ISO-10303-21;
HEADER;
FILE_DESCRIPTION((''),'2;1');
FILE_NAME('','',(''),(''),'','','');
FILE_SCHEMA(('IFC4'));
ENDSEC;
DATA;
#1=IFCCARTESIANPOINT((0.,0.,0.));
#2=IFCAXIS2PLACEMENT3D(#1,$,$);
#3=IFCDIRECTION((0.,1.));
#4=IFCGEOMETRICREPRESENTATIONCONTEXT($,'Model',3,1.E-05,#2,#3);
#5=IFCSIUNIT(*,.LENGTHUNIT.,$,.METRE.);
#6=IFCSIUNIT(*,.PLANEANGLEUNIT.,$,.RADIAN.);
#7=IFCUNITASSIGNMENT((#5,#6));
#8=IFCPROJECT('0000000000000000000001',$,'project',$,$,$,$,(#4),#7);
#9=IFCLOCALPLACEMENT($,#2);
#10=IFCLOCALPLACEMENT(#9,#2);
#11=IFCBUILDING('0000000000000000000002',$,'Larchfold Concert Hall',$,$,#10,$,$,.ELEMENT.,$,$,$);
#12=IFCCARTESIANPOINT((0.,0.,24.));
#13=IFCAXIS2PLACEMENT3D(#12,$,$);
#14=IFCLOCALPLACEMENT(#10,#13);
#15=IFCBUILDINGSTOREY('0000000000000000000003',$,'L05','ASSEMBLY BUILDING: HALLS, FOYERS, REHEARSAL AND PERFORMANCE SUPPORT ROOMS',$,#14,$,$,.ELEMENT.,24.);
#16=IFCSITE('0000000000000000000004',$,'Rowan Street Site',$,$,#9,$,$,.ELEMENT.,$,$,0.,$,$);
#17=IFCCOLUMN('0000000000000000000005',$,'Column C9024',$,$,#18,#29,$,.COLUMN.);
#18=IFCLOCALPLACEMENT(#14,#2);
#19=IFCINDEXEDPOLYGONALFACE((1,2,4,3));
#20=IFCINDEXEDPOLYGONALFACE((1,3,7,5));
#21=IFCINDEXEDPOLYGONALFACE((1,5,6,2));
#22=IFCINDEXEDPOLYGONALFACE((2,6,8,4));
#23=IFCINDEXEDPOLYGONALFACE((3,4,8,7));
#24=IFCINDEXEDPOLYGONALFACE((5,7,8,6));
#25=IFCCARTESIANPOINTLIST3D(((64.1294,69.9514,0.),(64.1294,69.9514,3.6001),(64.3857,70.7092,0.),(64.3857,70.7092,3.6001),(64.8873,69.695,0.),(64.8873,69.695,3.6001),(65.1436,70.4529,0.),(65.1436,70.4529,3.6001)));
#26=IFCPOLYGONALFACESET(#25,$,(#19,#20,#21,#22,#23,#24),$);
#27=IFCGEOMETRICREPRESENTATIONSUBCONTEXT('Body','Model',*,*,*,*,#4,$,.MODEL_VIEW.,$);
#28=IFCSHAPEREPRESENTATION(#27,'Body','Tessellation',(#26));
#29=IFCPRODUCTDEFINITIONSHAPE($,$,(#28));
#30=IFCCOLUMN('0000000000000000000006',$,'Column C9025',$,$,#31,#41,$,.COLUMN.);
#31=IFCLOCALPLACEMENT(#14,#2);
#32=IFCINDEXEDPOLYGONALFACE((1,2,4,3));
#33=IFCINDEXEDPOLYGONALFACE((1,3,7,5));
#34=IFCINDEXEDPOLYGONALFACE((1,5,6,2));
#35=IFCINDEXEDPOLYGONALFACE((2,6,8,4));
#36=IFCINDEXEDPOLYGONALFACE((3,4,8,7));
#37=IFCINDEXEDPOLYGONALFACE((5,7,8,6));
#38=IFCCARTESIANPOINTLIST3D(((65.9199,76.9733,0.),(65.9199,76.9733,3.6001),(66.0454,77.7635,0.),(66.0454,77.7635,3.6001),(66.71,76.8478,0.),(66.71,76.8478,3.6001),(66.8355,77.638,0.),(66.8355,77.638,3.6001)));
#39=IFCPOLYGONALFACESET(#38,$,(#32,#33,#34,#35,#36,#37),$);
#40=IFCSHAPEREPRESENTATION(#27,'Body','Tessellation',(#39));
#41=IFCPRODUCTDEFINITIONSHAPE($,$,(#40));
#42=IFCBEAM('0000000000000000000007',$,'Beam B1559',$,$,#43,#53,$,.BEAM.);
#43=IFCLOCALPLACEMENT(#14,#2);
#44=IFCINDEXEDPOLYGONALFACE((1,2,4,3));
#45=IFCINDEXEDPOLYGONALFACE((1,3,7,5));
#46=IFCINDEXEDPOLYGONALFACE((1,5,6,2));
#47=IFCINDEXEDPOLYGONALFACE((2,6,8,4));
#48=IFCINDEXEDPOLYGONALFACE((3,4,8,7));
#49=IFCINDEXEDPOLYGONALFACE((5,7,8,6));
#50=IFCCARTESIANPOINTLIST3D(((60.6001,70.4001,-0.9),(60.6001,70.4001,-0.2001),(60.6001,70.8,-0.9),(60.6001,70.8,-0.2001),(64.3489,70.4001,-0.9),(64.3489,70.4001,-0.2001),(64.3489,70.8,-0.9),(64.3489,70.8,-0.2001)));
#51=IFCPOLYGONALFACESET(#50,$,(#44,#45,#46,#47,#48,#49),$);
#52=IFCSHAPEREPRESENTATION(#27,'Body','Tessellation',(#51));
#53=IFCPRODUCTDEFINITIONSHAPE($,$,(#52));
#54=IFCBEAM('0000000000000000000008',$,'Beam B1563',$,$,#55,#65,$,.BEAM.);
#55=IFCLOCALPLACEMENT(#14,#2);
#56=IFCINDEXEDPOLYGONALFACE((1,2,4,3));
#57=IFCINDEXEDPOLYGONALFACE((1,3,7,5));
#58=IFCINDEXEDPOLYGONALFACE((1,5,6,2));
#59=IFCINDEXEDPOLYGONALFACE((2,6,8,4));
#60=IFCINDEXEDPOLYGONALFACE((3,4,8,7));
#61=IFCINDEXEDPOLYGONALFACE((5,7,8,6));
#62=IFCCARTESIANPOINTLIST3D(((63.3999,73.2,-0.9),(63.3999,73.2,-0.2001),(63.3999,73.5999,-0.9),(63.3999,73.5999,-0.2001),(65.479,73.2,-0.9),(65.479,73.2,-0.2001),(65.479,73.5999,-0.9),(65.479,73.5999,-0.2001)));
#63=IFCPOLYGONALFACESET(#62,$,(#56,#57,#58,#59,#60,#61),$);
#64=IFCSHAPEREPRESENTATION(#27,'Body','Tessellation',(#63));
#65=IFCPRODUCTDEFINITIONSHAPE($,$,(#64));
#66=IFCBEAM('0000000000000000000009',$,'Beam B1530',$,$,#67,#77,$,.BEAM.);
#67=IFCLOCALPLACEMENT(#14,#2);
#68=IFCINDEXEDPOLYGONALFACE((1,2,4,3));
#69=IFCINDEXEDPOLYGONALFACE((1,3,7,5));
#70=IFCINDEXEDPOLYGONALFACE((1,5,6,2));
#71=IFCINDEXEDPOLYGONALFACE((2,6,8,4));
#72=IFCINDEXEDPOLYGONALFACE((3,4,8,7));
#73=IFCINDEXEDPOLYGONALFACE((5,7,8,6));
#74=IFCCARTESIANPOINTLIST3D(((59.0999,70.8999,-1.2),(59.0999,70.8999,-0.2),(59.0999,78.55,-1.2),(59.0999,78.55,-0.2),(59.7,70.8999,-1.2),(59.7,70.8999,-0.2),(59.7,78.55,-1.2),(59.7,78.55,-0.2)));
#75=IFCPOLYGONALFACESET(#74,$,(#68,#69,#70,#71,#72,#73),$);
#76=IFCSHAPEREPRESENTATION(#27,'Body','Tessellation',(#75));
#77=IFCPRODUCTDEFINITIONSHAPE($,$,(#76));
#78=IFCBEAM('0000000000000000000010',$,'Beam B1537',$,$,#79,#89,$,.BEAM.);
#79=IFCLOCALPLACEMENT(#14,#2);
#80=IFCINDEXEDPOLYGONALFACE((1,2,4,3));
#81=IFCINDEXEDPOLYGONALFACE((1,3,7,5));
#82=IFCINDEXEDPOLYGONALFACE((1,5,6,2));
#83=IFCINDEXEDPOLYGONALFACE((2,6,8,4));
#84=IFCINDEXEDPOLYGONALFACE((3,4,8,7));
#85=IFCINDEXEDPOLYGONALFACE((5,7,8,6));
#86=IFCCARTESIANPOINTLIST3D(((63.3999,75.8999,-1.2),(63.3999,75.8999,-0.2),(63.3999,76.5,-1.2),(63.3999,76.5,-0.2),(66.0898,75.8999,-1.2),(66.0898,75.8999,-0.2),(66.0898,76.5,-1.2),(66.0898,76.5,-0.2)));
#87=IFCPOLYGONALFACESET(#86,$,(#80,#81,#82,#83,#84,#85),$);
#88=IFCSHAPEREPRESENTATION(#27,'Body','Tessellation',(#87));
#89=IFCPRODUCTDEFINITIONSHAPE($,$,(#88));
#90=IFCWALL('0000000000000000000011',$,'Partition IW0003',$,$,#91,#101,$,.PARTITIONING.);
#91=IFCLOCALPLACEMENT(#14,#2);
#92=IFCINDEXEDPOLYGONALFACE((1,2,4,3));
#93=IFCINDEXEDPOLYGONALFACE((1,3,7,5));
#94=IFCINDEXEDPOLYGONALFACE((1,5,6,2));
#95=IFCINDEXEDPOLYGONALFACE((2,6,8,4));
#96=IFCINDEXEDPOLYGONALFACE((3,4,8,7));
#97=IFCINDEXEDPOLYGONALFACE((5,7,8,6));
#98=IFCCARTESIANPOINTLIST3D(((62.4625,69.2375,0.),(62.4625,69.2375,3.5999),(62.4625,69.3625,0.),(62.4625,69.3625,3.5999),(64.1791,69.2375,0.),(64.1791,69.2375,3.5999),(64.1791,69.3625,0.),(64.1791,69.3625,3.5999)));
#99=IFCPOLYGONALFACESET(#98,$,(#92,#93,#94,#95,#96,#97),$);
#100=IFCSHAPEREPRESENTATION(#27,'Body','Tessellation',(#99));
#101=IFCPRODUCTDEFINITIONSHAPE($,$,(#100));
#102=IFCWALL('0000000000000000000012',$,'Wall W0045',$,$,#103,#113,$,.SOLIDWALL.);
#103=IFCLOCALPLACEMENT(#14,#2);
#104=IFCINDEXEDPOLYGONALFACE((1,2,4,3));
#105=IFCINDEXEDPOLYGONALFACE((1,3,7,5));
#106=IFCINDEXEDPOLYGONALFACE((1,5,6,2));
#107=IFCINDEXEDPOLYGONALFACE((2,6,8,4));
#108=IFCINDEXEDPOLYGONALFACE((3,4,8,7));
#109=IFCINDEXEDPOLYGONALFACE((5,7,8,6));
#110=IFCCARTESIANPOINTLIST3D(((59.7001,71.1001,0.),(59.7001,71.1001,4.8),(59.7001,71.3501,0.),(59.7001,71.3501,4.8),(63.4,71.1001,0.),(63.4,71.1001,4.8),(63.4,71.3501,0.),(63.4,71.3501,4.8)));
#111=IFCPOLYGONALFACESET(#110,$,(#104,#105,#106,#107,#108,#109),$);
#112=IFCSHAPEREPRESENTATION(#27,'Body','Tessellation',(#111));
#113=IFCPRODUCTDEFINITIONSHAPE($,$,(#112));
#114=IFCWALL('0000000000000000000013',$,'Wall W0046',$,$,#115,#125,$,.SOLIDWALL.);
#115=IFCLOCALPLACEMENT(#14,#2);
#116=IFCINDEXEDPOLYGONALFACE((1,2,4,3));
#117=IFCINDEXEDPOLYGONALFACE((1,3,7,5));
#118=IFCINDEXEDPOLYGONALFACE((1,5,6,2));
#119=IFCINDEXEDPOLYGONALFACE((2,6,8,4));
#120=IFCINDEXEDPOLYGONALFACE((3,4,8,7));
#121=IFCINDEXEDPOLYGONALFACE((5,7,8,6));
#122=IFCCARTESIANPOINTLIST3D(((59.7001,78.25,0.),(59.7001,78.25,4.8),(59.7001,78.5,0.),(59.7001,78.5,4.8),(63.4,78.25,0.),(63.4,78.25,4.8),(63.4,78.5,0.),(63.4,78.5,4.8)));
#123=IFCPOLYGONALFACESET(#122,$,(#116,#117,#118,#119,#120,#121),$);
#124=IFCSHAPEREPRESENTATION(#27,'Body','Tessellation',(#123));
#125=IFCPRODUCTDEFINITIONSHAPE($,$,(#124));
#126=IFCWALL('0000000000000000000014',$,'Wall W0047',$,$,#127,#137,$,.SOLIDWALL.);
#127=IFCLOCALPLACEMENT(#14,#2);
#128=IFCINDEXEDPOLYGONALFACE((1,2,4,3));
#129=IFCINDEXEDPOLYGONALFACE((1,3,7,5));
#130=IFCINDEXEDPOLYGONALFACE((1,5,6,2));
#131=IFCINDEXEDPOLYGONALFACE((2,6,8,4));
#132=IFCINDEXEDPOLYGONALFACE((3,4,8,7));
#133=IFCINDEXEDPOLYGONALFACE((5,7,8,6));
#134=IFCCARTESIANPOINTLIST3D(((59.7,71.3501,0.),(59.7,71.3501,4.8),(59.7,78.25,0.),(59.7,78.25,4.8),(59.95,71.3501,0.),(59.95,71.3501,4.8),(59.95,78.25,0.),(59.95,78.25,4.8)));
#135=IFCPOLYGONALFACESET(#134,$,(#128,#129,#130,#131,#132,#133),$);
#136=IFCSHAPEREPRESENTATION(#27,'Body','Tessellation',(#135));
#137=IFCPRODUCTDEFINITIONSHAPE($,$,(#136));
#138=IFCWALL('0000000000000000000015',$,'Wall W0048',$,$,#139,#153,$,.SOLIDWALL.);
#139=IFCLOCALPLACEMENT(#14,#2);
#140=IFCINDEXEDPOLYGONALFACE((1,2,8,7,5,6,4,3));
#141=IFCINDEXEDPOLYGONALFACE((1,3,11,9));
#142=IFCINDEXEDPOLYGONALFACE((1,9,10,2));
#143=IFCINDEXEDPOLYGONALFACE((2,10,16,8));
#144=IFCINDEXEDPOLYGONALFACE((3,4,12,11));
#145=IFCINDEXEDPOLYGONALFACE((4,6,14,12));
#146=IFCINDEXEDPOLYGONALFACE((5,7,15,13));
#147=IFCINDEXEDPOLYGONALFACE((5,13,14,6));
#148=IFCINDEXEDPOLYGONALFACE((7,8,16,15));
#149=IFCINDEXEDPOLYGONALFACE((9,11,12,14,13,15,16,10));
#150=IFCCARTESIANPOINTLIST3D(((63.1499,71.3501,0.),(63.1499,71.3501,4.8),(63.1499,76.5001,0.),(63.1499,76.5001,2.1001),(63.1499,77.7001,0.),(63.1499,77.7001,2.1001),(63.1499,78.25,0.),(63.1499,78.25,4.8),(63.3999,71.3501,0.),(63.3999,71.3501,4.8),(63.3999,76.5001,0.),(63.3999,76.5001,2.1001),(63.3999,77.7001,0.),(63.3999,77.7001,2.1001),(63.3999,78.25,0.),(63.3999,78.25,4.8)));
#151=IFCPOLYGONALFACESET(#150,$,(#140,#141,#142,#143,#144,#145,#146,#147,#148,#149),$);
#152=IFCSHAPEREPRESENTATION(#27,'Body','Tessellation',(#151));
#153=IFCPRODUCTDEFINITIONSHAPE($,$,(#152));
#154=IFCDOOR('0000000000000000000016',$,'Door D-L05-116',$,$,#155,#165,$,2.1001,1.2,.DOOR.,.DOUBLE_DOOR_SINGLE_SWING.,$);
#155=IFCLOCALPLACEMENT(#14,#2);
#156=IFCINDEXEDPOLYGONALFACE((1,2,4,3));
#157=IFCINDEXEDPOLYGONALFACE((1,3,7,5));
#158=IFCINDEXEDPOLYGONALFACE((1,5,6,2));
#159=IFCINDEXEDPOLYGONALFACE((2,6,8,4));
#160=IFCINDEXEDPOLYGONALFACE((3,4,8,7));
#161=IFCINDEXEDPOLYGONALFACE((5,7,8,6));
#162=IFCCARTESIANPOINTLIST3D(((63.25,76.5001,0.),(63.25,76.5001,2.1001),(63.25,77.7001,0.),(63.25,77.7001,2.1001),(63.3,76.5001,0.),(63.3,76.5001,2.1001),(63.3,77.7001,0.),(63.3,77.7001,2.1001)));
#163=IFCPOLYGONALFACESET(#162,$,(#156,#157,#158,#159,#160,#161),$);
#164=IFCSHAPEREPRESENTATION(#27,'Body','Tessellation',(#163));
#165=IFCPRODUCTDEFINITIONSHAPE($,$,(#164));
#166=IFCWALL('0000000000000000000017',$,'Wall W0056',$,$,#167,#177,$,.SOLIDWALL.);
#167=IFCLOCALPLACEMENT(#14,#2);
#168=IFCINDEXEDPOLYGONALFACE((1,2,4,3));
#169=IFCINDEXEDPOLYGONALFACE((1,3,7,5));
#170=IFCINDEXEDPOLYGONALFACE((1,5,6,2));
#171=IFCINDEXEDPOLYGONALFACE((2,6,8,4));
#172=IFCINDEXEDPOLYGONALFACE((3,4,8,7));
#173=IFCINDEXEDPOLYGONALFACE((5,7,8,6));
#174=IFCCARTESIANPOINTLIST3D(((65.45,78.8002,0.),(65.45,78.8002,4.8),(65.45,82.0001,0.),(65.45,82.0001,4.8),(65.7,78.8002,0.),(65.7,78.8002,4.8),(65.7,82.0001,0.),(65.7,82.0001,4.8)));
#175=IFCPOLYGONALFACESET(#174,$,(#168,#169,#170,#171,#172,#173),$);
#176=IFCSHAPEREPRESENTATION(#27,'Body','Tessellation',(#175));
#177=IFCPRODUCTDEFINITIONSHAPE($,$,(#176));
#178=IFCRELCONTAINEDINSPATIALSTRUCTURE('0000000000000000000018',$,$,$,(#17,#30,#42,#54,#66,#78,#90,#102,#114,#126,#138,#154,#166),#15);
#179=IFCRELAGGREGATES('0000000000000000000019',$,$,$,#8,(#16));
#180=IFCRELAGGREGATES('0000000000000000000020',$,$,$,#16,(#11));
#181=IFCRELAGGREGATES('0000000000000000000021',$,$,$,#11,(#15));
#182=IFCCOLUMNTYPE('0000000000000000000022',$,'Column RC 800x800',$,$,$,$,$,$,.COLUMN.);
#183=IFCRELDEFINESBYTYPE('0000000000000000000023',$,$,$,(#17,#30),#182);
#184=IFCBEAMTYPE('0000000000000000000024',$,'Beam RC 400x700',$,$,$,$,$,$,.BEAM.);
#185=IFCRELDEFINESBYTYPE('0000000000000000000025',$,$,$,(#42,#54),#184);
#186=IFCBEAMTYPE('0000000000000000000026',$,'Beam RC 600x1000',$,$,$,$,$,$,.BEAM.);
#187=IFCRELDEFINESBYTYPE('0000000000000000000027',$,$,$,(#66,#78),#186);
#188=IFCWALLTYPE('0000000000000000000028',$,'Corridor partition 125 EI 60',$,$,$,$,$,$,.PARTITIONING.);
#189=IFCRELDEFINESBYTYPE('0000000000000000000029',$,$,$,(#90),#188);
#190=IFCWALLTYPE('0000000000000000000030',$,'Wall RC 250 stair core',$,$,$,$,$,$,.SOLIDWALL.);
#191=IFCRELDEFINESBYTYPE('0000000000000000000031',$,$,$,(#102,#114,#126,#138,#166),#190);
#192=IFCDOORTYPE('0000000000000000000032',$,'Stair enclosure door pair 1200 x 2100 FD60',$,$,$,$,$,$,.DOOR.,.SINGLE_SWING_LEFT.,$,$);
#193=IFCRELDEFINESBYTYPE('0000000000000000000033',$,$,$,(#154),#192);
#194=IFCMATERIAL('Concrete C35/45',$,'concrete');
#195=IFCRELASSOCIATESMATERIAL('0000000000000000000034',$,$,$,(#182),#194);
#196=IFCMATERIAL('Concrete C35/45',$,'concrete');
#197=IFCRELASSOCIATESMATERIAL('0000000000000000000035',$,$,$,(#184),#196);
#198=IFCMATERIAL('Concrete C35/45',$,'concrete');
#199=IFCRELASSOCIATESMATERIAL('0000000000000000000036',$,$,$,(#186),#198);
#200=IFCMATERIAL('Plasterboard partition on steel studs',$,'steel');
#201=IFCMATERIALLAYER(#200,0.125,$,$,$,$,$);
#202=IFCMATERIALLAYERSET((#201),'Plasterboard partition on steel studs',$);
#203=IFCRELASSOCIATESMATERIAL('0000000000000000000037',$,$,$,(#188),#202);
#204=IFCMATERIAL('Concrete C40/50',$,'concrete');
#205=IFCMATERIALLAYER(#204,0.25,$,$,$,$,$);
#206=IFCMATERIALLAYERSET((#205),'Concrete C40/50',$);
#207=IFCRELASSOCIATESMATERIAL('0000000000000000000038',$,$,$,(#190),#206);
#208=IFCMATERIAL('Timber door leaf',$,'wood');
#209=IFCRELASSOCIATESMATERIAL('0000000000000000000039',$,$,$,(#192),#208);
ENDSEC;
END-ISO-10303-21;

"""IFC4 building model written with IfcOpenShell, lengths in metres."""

from ifc_helpers import new_model, si_unit, direction, frame, frame_2d, origin, origin_2d, place, context, subcontext, project, spatial, rectangle, extrude, material, layer, layer_set, material_profile, profile_set, type_object, element, fill, save


model = new_model("IFC4")

# Units and contexts
model_context = context("Model", 3, precision=1e-05, world=origin(), true_north=direction((0.0, 1.0)))
body_context = subcontext(model_context, "Body", "Model", "MODEL_VIEW")
ifc_project = project(units=[si_unit("LENGTHUNIT", "METRE"), si_unit("PLANEANGLEUNIT", "RADIAN")], contexts=[model_context])

# Site, building, storey
site_placement = place(None, origin())
site = spatial("IfcSite", under=ifc_project, at=site_placement, Name="Rowan Street Site", CompositionType="ELEMENT", RefElevation=0.0)
building_placement = place(site_placement, origin())
building = spatial("IfcBuilding", under=site, at=building_placement, Name="Larchfold Concert Hall", CompositionType="ELEMENT")
storey_placement = place(building_placement, frame((0.0, 0.0, 24.0)))
storey = spatial("IfcBuildingStorey", under=building, at=storey_placement, Name="L05", Description="ASSEMBLY BUILDING: HALLS, FOYERS, REHEARSAL AND PERFORMANCE SUPPORT ROOMS", CompositionType="ELEMENT", Elevation=24.0)

# Columns
ifc_material_1 = material(Name="Concrete C35/45", Category="concrete")
ifc_material_profile_1 = material_profile(ifc_material_1, rectangle(XDim=0.8, YDim=0.8, at=origin_2d()))
ifc_profile_set_1 = profile_set([ifc_material_profile_1], Name="Concrete C35/45")
column_type = type_object("IfcColumnType", Name="Column RC 800x800", PredefinedType="COLUMN", material=ifc_profile_set_1)
for number, where, z_axis, x_axis, name in (
    (1, (64.6365, 70.2021, 0.0), (0.0, 0.0, 1.0), (0.320383, 0.947288, 0.0), "Column C9024"),
    (2, (66.3777, 77.3057, 0.0), (0.0, 0.0, 1.0), (0.156847, 0.987623, 0.0), "Column C9025"),
):
    element("IfcColumn", number, at=place(storey_placement, frame(where, z_axis=z_axis, x_axis=x_axis)), inside=storey, type_object=column_type, Name=name, PredefinedType="COLUMN", context=body_context, shape_type="SweptSolid", body=[
        extrude(rectangle(XDim=0.8, YDim=0.8, at=origin_2d()), origin(), (0.0, 0.0, 1.0), 3.6001),
    ])

# Beams
ifc_material_2 = material(Name="Concrete C35/45", Category="concrete")
ifc_material_profile_2 = material_profile(ifc_material_2, rectangle(XDim=0.3999, YDim=0.7, at=origin_2d()))
ifc_profile_set_2 = profile_set([ifc_material_profile_2], Name="Concrete C35/45")
beam_type_1 = type_object("IfcBeamType", Name="Beam RC 400x700", PredefinedType="BEAM", material=ifc_profile_set_2)
beam_1_placement = place(storey_placement, frame((60.6001, 70.6001, -0.55), z_axis=(1.0, 0.0, 0.0), x_axis=(0.0, 1.0, 0.0)))
element("IfcBeam", 3, at=beam_1_placement, inside=storey, type_object=beam_type_1, Name="Beam B1559", PredefinedType="BEAM", context=body_context, shape_type="SweptSolid", body=[
    extrude(rectangle(XDim=0.3999, YDim=0.7, at=origin_2d()), origin(), (0.0, 0.0, 1.0), 3.7488),
])
beam_2_placement = place(storey_placement, frame((63.3999, 73.3999, -0.55), z_axis=(1.0, 0.0, 0.0), x_axis=(0.0, 1.0, 0.0)))
element("IfcBeam", 4, at=beam_2_placement, inside=storey, type_object=beam_type_1, Name="Beam B1563", PredefinedType="BEAM", context=body_context, shape_type="SweptSolid", body=[
    extrude(rectangle(XDim=0.3999, YDim=0.7, at=origin_2d()), origin(), (0.0, 0.0, 1.0), 2.0791),
])
ifc_material_3 = material(Name="Concrete C35/45", Category="concrete")
ifc_material_profile_3 = material_profile(ifc_material_3, rectangle(XDim=0.6001, YDim=1.0, at=origin_2d()))
ifc_profile_set_3 = profile_set([ifc_material_profile_3], Name="Concrete C35/45")
beam_type_2 = type_object("IfcBeamType", Name="Beam RC 600x1000", PredefinedType="BEAM", material=ifc_profile_set_3)
beam_3_placement = place(storey_placement, frame((59.3999, 70.8999, -0.7), z_axis=(0.0, 1.0, 0.0), x_axis=(-1.0, 0.0, 0.0)))
element("IfcBeam", 5, at=beam_3_placement, inside=storey, type_object=beam_type_2, Name="Beam B1530", PredefinedType="BEAM", context=body_context, shape_type="SweptSolid", body=[
    extrude(rectangle(XDim=0.6001, YDim=1.0, at=origin_2d()), origin(), (0.0, 0.0, 1.0), 7.6501),
])
beam_4_placement = place(storey_placement, frame((63.3999, 76.2, -0.7), z_axis=(1.0, 0.0, 0.0), x_axis=(0.0, 1.0, 0.0)))
element("IfcBeam", 6, at=beam_4_placement, inside=storey, type_object=beam_type_2, Name="Beam B1537", PredefinedType="BEAM", context=body_context, shape_type="SweptSolid", body=[
    extrude(rectangle(XDim=0.6001, YDim=1.0, at=origin_2d()), origin(), (0.0, 0.0, 1.0), 2.6899),
])

# Walls
ifc_material_4 = material(Name="Plasterboard partition on steel studs", Category="steel")
ifc_layer_1 = layer(ifc_material_4, 0.125)
ifc_layer_set_1 = layer_set([ifc_layer_1], Name="Plasterboard partition on steel studs")
wall_type_1 = type_object("IfcWallType", Name="Corridor partition 125 EI 60", PredefinedType="PARTITIONING", material=ifc_layer_set_1)
wall_1_placement = place(storey_placement, frame((62.4624, 69.3, 0.0), z_axis=(0.0, 0.0, 1.0), x_axis=(1.0, 0.0, 0.0)))
element("IfcWall", 7, at=wall_1_placement, inside=storey, type_object=wall_type_1, Name="Partition IW0003", PredefinedType="PARTITIONING", context=body_context, shape_type="SweptSolid", body=[
    extrude(rectangle(XDim=1.7166, YDim=0.125, at=frame_2d((0.8584, 0.0))), origin(), (0.0, 0.0, 1.0), 3.5999),
])
ifc_material_5 = material(Name="Concrete C40/50", Category="concrete")
ifc_layer_2 = layer(ifc_material_5, 0.25)
ifc_layer_set_2 = layer_set([ifc_layer_2], Name="Concrete C40/50")
wall_type_2 = type_object("IfcWallType", Name="Wall RC 250 stair core", PredefinedType="SOLIDWALL", material=ifc_layer_set_2)
for number, where, z_axis, x_axis, name in (
    (8, (59.7, 71.2251, 0.0), (0.0, 0.0, 1.0), (1.0, 0.0, 0.0), "Wall W0045"),
    (9, (59.7, 78.375, 0.0), (0.0, 0.0, 1.0), (1.0, 0.0, 0.0), "Wall W0046"),
):
    element("IfcWall", number, at=place(storey_placement, frame(where, z_axis=z_axis, x_axis=x_axis)), inside=storey, type_object=wall_type_2, Name=name, PredefinedType="SOLIDWALL", context=body_context, shape_type="SweptSolid", body=[
        extrude(rectangle(XDim=3.7, YDim=0.25, at=frame_2d((1.8501, 0.0))), origin(), (0.0, 0.0, 1.0), 4.8),
    ])
wall_2_placement = place(storey_placement, frame((59.825, 71.3501, 0.0), z_axis=(0.0, 0.0, 1.0), x_axis=(0.0, 1.0, 0.0)))
element("IfcWall", 10, at=wall_2_placement, inside=storey, type_object=wall_type_2, Name="Wall W0047", PredefinedType="SOLIDWALL", context=body_context, shape_type="SweptSolid", body=[
    extrude(rectangle(XDim=6.8999, YDim=0.25, at=frame_2d((3.45, 0.0))), origin(), (0.0, 0.0, 1.0), 4.8),
])

# Wall, opening, door
wall_3_placement = place(storey_placement, frame((63.2749, 71.3501, 0.0), z_axis=(0.0, 0.0, 1.0), x_axis=(0.0, 1.0, 0.0)))
wall_3 = element("IfcWall", 11, at=wall_3_placement, inside=storey, type_object=wall_type_2, Name="Wall W0048", PredefinedType="SOLIDWALL", context=body_context, shape_type="SweptSolid", body=[
    extrude(rectangle(XDim=6.8999, YDim=0.25, at=frame_2d((3.45, 0.0))), origin(), (0.0, 0.0, 1.0), 4.8),
])
opening_placement = place(wall_3_placement, frame((5.1499, 0.0, 0.0)))
opening = element("IfcOpeningElement", 12, at=opening_placement, cuts=wall_3, PredefinedType="OPENING", context=body_context, shape_type="SweptSolid", body=[
    extrude(rectangle(XDim=1.2, YDim=2.1001, at=frame_2d((0.6001, 1.05))), frame((0.0, 0.135, 0.0), z_axis=(0.0, -1.0, 0.0), x_axis=(1.0, 0.0, 0.0)), (0.0, 0.0, 1.0), 0.27),
])
ifc_material_6 = material(Name="Timber door leaf", Category="wood")
door_type = type_object("IfcDoorType", Name="Stair enclosure door pair 1200 x 2100 FD60", OperationType="SINGLE_SWING_LEFT", PredefinedType="DOOR", material=ifc_material_6)
door_placement = place(opening_placement, origin())
door = element("IfcDoor", 13, at=door_placement, inside=storey, type_object=door_type, Name="Door D-L05-116", OperationType="DOUBLE_DOOR_SINGLE_SWING", OverallHeight=2.1001, OverallWidth=1.2, PredefinedType="DOOR", context=body_context, shape_type="SweptSolid", body=[
    extrude(rectangle(XDim=1.2, YDim=2.1001, at=frame_2d((0.6001, 1.05))), frame((0.0, 0.0249, 0.0), z_axis=(0.0, -1.0, 0.0), x_axis=(1.0, 0.0, 0.0)), (0.0, 0.0, 1.0), 0.05),
])
fill(opening, door)

# Wall
wall_4_placement = place(storey_placement, frame((65.575, 78.8, 0.0), z_axis=(0.0, 0.0, 1.0), x_axis=(0.0, 1.0, 0.0)))
element("IfcWall", 14, at=wall_4_placement, inside=storey, type_object=wall_type_2, Name="Wall W0056", PredefinedType="SOLIDWALL", context=body_context, shape_type="SweptSolid", body=[
    extrude(rectangle(XDim=3.2, YDim=0.25, at=frame_2d((1.6001, 0.0))), origin(), (0.0, 0.0, 1.0), 4.8),
])

save(model, "model.ifc")
